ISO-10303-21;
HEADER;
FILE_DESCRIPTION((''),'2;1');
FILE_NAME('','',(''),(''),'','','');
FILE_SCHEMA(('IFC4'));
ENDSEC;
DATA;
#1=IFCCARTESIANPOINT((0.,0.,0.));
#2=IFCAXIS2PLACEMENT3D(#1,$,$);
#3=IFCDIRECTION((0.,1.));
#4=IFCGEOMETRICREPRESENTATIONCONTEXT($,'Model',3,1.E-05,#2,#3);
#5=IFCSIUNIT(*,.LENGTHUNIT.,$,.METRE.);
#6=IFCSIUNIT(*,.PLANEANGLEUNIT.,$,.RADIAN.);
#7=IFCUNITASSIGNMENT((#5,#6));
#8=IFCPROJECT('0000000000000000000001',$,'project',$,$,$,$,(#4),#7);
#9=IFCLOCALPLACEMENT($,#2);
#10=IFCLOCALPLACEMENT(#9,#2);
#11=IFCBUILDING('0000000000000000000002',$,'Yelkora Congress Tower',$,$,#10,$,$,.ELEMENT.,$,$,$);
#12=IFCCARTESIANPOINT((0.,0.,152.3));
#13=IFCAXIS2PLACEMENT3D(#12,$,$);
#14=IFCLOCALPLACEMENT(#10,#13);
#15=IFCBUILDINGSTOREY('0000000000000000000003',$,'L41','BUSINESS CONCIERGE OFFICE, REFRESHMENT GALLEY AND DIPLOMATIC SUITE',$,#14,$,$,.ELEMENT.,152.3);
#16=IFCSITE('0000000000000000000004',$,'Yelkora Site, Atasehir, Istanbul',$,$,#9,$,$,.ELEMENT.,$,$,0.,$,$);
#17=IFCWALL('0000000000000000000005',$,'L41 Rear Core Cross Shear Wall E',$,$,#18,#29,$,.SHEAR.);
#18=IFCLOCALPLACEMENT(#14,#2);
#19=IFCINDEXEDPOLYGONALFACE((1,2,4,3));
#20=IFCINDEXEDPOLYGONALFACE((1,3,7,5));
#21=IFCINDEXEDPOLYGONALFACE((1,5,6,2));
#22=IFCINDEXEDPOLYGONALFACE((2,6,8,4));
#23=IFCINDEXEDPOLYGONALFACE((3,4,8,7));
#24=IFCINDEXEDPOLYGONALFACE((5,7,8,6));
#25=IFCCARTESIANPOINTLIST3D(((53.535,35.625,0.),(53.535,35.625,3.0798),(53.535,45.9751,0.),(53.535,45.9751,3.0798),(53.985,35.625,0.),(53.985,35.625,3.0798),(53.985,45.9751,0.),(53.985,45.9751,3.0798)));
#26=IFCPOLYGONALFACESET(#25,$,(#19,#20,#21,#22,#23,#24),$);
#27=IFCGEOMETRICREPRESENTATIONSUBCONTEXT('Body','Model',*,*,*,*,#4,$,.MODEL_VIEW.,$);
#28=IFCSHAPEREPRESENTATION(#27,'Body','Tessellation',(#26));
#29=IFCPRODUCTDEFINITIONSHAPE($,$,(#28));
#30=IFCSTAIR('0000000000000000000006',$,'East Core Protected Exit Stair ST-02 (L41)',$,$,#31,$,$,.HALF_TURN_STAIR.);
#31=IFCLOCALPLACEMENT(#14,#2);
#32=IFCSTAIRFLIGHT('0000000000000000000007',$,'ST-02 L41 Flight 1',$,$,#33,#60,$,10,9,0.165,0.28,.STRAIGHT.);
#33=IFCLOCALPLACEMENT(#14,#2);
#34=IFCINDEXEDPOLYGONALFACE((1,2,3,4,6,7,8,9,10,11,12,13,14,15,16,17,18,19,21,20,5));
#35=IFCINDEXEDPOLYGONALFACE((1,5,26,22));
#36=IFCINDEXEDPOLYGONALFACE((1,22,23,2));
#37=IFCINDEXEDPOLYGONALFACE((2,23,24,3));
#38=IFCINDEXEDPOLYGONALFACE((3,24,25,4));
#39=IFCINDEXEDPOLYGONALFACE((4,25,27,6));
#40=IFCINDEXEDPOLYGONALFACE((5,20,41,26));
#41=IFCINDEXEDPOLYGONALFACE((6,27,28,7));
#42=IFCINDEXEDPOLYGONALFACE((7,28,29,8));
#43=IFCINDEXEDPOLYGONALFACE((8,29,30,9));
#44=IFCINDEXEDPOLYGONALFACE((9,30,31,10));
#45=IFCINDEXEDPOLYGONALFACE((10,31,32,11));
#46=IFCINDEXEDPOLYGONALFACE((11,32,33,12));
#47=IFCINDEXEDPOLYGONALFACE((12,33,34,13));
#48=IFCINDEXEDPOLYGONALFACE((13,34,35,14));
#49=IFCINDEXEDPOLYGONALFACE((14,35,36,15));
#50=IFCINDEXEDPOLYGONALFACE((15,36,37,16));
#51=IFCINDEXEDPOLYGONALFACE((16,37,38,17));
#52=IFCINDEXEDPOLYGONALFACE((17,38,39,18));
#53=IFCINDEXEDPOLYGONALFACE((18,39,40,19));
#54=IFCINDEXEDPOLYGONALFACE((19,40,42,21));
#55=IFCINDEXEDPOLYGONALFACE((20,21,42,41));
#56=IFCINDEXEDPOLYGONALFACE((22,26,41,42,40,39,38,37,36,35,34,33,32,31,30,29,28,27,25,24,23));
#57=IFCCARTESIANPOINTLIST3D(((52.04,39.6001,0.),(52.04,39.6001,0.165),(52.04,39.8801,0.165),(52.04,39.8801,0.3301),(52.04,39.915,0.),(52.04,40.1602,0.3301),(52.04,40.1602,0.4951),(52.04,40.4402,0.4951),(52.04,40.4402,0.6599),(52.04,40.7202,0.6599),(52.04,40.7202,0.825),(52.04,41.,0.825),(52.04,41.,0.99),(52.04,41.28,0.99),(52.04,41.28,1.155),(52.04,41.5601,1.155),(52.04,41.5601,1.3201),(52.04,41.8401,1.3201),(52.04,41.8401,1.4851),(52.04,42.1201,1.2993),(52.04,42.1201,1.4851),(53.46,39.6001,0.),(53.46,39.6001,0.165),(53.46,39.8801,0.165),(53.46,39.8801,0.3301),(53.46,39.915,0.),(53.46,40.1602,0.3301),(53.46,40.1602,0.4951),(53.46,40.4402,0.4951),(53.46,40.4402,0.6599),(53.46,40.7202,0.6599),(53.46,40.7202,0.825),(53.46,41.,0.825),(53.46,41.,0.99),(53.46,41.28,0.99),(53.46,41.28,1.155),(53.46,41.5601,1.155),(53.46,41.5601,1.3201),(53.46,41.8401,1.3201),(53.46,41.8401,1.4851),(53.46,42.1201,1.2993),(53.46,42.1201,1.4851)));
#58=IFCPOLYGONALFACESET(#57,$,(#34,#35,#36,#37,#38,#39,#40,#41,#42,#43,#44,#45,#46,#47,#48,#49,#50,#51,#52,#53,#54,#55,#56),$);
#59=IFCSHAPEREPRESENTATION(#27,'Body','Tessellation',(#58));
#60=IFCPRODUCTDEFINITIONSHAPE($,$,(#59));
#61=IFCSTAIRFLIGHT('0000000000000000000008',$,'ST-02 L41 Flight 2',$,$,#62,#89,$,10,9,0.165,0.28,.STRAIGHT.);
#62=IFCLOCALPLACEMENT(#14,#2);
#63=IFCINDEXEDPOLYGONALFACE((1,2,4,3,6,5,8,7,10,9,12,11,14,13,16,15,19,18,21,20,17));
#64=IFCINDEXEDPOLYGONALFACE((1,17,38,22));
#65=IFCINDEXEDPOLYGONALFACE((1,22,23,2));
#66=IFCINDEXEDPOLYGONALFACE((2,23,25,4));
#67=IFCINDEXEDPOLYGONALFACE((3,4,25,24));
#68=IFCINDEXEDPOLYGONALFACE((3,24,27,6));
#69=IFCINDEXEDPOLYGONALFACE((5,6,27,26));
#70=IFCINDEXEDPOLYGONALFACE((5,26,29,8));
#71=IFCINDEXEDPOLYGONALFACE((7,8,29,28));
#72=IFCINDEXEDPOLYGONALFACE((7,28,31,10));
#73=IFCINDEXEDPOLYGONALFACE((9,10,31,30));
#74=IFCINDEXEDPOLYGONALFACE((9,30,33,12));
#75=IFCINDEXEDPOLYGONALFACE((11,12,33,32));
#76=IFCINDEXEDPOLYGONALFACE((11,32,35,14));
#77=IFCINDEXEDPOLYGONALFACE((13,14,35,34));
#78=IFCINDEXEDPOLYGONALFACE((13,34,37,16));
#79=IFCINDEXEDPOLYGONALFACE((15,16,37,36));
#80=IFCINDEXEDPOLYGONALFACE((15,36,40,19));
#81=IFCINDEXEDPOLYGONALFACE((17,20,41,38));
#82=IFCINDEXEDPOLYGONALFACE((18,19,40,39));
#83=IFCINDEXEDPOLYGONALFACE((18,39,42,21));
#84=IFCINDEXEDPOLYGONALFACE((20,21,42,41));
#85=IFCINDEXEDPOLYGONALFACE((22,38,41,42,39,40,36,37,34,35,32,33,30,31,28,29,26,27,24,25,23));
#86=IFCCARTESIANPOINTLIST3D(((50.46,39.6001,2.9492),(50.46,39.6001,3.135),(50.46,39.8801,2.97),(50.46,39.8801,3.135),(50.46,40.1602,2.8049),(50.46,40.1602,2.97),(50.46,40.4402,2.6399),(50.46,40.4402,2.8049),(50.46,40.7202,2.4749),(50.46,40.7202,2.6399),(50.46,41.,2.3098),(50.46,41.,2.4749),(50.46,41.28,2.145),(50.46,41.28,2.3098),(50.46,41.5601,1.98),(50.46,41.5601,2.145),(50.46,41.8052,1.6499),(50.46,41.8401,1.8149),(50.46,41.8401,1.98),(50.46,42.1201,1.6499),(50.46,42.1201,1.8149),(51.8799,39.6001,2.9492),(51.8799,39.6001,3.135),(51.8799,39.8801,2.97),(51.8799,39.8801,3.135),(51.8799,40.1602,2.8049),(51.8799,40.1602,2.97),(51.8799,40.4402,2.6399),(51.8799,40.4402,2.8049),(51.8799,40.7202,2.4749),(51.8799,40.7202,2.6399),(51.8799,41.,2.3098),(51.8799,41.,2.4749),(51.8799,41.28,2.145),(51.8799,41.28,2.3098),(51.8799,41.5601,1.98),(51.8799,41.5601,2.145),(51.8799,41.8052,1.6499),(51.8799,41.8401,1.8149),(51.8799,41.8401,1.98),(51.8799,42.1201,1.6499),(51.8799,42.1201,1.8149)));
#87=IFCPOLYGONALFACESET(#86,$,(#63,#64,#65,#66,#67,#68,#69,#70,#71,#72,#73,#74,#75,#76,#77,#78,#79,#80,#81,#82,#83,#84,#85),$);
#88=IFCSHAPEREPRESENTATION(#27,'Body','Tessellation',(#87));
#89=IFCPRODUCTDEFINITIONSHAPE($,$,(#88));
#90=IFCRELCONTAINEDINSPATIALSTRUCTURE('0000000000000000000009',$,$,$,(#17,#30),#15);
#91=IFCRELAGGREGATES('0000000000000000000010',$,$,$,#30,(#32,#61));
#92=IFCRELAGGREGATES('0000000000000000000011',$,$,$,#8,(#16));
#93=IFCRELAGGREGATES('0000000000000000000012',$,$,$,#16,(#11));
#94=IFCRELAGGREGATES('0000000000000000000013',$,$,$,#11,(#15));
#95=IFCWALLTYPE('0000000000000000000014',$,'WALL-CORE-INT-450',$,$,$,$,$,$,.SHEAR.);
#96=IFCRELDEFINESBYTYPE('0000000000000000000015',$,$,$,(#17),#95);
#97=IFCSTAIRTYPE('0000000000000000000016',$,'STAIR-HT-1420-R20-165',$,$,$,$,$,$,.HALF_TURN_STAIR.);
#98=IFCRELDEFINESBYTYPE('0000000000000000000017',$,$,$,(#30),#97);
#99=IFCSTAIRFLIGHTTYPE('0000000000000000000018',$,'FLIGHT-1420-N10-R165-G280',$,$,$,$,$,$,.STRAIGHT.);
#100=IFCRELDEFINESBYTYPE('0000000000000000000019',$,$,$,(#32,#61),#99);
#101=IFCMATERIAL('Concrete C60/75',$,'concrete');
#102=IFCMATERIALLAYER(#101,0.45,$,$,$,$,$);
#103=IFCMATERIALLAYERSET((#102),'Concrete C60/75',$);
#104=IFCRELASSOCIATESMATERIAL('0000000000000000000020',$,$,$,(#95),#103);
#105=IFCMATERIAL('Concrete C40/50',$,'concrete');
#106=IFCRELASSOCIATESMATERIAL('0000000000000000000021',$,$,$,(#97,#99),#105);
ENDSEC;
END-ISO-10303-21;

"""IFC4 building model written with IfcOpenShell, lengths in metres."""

from ifc_helpers import new_model, si_unit, direction, frame, frame_2d, origin, place, context, subcontext, project, spatial, polyline, rectangle, outline, extrude, material, layer, layer_set, type_object, element, aggregate, save


model = new_model("IFC4")

# Units and contexts
model_context = context("Model", 3, precision=1e-05, world=origin(), true_north=direction((0.0, 1.0)))
body_context = subcontext(model_context, "Body", "Model", "MODEL_VIEW")
ifc_project = project(units=[si_unit("LENGTHUNIT", "METRE"), si_unit("PLANEANGLEUNIT", "RADIAN")], contexts=[model_context])

# Site, building, storey
site_placement = place(None, origin())
site = spatial("IfcSite", under=ifc_project, at=site_placement, Name="Yelkora Site, Atasehir, Istanbul", CompositionType="ELEMENT", RefElevation=0.0)
building_placement = place(site_placement, origin())
building = spatial("IfcBuilding", under=site, at=building_placement, Name="Yelkora Congress Tower", CompositionType="ELEMENT")
storey_placement = place(building_placement, frame((0.0, 0.0, 152.3)))
storey = spatial("IfcBuildingStorey", under=building, at=storey_placement, Name="L41", Description="BUSINESS CONCIERGE OFFICE, REFRESHMENT GALLEY AND DIPLOMATIC SUITE", CompositionType="ELEMENT", Elevation=152.3)

# Wall
ifc_material_1 = material(Name="Concrete C60/75", Category="concrete")
ifc_layer_1 = layer(ifc_material_1, 0.45)
ifc_layer_set_1 = layer_set([ifc_layer_1], Name="Concrete C60/75")
wall_type = type_object("IfcWallType", Name="WALL-CORE-INT-450", PredefinedType="SHEAR", material=ifc_layer_set_1)
wall_1_placement = place(storey_placement, frame((53.76, 35.625, 0.0), z_axis=(0.0, 0.0, 1.0), x_axis=(0.0, 1.0, 0.0)))
element("IfcWall", 1, at=wall_1_placement, inside=storey, type_object=wall_type, Name="L41 Rear Core Cross Shear Wall E", PredefinedType="SHEAR", context=body_context, shape_type="SweptSolid", body=[
    extrude(rectangle(XDim=10.3501, YDim=0.45, at=frame_2d((5.175, 0.0))), origin(), (0.0, 0.0, 1.0), 3.0798),
])

# Stair, stair flights
ifc_material_2 = material(Name="Concrete C40/50", Category="concrete")
stair_type = type_object("IfcStairType", Name="STAIR-HT-1420-R20-165", PredefinedType="HALF_TURN_STAIR", material=ifc_material_2)
stair_placement = place(storey_placement, origin())
stair = element("IfcStair", 2, at=stair_placement, inside=storey, type_object=stair_type, Name="East Core Protected Exit Stair ST-02 (L41)", PredefinedType="HALF_TURN_STAIR")
stair_flight_type = type_object("IfcStairFlightType", Name="FLIGHT-1420-N10-R165-G280", PredefinedType="STRAIGHT", material=ifc_material_2)
stair_flight_1_placement = place(storey_placement, frame((52.75, 39.6001, 0.0), z_axis=(0.0, 0.0, 1.0), x_axis=(0.0, 1.0, 0.0)))
stair_flight_1 = element("IfcStairFlight", 3, at=stair_flight_1_placement, type_object=stair_flight_type, Name="ST-02 L41 Flight 1", NumberOfRisers=10, NumberOfTreads=9, PredefinedType="STRAIGHT", RiserHeight=0.165, TreadLength=0.28, context=body_context, shape_type="SweptSolid", body=[
    extrude(outline(polyline([(0.0, 0.0), (0.0, 0.165), (0.28, 0.165), (0.28, 0.3301), (0.5601, 0.3301), (0.5601, 0.4951), (0.8401, 0.4951), (0.8401, 0.6599), (1.1201, 0.6599), (1.1201, 0.825), (1.3999, 0.825), (1.3999, 0.99), (1.6799, 0.99), (1.6799, 1.155), (1.96, 1.155), (1.96, 1.3201), (2.24, 1.3201), (2.24, 1.4851), (2.52, 1.4851), (2.52, 1.6499), (2.52, 1.2993), (0.3149, 0.0), (0.0, 0.0)])), frame((0.0, 0.71, 0.0), z_axis=(0.0, -1.0, 0.0), x_axis=(1.0, 0.0, 0.0)), (0.0, 0.0, 1.0), 1.4199),
])
stair_flight_2_placement = place(storey_placement, frame((51.1699, 42.1201, 1.6499), z_axis=(0.0, 0.0, 1.0), x_axis=(0.0, -1.0, 0.0)))
stair_flight_2 = element("IfcStairFlight", 4, at=stair_flight_2_placement, type_object=stair_flight_type, Name="ST-02 L41 Flight 2", NumberOfRisers=10, NumberOfTreads=9, PredefinedType="STRAIGHT", RiserHeight=0.165, TreadLength=0.28, context=body_context, shape_type="SweptSolid", body=[
    extrude(outline(polyline([(0.0, 0.0), (0.0, 0.165), (0.28, 0.165), (0.28, 0.3301), (0.5601, 0.3301), (0.5601, 0.4951), (0.8401, 0.4951), (0.8401, 0.6599), (1.1201, 0.6599), (1.1201, 0.825), (1.3999, 0.825), (1.3999, 0.99), (1.6799, 0.99), (1.6799, 1.155), (1.96, 1.155), (1.96, 1.3201), (2.24, 1.3201), (2.24, 1.4851), (2.52, 1.4851), (2.52, 1.6499), (2.52, 1.2993), (0.3149, 0.0), (0.0, 0.0)])), frame((0.0, 0.71, 0.0), z_axis=(0.0, -1.0, 0.0), x_axis=(1.0, 0.0, 0.0)), (0.0, 0.0, 1.0), 1.4199),
])
aggregate(stair, [stair_flight_1, stair_flight_2])

save(model, "model.ifc")
